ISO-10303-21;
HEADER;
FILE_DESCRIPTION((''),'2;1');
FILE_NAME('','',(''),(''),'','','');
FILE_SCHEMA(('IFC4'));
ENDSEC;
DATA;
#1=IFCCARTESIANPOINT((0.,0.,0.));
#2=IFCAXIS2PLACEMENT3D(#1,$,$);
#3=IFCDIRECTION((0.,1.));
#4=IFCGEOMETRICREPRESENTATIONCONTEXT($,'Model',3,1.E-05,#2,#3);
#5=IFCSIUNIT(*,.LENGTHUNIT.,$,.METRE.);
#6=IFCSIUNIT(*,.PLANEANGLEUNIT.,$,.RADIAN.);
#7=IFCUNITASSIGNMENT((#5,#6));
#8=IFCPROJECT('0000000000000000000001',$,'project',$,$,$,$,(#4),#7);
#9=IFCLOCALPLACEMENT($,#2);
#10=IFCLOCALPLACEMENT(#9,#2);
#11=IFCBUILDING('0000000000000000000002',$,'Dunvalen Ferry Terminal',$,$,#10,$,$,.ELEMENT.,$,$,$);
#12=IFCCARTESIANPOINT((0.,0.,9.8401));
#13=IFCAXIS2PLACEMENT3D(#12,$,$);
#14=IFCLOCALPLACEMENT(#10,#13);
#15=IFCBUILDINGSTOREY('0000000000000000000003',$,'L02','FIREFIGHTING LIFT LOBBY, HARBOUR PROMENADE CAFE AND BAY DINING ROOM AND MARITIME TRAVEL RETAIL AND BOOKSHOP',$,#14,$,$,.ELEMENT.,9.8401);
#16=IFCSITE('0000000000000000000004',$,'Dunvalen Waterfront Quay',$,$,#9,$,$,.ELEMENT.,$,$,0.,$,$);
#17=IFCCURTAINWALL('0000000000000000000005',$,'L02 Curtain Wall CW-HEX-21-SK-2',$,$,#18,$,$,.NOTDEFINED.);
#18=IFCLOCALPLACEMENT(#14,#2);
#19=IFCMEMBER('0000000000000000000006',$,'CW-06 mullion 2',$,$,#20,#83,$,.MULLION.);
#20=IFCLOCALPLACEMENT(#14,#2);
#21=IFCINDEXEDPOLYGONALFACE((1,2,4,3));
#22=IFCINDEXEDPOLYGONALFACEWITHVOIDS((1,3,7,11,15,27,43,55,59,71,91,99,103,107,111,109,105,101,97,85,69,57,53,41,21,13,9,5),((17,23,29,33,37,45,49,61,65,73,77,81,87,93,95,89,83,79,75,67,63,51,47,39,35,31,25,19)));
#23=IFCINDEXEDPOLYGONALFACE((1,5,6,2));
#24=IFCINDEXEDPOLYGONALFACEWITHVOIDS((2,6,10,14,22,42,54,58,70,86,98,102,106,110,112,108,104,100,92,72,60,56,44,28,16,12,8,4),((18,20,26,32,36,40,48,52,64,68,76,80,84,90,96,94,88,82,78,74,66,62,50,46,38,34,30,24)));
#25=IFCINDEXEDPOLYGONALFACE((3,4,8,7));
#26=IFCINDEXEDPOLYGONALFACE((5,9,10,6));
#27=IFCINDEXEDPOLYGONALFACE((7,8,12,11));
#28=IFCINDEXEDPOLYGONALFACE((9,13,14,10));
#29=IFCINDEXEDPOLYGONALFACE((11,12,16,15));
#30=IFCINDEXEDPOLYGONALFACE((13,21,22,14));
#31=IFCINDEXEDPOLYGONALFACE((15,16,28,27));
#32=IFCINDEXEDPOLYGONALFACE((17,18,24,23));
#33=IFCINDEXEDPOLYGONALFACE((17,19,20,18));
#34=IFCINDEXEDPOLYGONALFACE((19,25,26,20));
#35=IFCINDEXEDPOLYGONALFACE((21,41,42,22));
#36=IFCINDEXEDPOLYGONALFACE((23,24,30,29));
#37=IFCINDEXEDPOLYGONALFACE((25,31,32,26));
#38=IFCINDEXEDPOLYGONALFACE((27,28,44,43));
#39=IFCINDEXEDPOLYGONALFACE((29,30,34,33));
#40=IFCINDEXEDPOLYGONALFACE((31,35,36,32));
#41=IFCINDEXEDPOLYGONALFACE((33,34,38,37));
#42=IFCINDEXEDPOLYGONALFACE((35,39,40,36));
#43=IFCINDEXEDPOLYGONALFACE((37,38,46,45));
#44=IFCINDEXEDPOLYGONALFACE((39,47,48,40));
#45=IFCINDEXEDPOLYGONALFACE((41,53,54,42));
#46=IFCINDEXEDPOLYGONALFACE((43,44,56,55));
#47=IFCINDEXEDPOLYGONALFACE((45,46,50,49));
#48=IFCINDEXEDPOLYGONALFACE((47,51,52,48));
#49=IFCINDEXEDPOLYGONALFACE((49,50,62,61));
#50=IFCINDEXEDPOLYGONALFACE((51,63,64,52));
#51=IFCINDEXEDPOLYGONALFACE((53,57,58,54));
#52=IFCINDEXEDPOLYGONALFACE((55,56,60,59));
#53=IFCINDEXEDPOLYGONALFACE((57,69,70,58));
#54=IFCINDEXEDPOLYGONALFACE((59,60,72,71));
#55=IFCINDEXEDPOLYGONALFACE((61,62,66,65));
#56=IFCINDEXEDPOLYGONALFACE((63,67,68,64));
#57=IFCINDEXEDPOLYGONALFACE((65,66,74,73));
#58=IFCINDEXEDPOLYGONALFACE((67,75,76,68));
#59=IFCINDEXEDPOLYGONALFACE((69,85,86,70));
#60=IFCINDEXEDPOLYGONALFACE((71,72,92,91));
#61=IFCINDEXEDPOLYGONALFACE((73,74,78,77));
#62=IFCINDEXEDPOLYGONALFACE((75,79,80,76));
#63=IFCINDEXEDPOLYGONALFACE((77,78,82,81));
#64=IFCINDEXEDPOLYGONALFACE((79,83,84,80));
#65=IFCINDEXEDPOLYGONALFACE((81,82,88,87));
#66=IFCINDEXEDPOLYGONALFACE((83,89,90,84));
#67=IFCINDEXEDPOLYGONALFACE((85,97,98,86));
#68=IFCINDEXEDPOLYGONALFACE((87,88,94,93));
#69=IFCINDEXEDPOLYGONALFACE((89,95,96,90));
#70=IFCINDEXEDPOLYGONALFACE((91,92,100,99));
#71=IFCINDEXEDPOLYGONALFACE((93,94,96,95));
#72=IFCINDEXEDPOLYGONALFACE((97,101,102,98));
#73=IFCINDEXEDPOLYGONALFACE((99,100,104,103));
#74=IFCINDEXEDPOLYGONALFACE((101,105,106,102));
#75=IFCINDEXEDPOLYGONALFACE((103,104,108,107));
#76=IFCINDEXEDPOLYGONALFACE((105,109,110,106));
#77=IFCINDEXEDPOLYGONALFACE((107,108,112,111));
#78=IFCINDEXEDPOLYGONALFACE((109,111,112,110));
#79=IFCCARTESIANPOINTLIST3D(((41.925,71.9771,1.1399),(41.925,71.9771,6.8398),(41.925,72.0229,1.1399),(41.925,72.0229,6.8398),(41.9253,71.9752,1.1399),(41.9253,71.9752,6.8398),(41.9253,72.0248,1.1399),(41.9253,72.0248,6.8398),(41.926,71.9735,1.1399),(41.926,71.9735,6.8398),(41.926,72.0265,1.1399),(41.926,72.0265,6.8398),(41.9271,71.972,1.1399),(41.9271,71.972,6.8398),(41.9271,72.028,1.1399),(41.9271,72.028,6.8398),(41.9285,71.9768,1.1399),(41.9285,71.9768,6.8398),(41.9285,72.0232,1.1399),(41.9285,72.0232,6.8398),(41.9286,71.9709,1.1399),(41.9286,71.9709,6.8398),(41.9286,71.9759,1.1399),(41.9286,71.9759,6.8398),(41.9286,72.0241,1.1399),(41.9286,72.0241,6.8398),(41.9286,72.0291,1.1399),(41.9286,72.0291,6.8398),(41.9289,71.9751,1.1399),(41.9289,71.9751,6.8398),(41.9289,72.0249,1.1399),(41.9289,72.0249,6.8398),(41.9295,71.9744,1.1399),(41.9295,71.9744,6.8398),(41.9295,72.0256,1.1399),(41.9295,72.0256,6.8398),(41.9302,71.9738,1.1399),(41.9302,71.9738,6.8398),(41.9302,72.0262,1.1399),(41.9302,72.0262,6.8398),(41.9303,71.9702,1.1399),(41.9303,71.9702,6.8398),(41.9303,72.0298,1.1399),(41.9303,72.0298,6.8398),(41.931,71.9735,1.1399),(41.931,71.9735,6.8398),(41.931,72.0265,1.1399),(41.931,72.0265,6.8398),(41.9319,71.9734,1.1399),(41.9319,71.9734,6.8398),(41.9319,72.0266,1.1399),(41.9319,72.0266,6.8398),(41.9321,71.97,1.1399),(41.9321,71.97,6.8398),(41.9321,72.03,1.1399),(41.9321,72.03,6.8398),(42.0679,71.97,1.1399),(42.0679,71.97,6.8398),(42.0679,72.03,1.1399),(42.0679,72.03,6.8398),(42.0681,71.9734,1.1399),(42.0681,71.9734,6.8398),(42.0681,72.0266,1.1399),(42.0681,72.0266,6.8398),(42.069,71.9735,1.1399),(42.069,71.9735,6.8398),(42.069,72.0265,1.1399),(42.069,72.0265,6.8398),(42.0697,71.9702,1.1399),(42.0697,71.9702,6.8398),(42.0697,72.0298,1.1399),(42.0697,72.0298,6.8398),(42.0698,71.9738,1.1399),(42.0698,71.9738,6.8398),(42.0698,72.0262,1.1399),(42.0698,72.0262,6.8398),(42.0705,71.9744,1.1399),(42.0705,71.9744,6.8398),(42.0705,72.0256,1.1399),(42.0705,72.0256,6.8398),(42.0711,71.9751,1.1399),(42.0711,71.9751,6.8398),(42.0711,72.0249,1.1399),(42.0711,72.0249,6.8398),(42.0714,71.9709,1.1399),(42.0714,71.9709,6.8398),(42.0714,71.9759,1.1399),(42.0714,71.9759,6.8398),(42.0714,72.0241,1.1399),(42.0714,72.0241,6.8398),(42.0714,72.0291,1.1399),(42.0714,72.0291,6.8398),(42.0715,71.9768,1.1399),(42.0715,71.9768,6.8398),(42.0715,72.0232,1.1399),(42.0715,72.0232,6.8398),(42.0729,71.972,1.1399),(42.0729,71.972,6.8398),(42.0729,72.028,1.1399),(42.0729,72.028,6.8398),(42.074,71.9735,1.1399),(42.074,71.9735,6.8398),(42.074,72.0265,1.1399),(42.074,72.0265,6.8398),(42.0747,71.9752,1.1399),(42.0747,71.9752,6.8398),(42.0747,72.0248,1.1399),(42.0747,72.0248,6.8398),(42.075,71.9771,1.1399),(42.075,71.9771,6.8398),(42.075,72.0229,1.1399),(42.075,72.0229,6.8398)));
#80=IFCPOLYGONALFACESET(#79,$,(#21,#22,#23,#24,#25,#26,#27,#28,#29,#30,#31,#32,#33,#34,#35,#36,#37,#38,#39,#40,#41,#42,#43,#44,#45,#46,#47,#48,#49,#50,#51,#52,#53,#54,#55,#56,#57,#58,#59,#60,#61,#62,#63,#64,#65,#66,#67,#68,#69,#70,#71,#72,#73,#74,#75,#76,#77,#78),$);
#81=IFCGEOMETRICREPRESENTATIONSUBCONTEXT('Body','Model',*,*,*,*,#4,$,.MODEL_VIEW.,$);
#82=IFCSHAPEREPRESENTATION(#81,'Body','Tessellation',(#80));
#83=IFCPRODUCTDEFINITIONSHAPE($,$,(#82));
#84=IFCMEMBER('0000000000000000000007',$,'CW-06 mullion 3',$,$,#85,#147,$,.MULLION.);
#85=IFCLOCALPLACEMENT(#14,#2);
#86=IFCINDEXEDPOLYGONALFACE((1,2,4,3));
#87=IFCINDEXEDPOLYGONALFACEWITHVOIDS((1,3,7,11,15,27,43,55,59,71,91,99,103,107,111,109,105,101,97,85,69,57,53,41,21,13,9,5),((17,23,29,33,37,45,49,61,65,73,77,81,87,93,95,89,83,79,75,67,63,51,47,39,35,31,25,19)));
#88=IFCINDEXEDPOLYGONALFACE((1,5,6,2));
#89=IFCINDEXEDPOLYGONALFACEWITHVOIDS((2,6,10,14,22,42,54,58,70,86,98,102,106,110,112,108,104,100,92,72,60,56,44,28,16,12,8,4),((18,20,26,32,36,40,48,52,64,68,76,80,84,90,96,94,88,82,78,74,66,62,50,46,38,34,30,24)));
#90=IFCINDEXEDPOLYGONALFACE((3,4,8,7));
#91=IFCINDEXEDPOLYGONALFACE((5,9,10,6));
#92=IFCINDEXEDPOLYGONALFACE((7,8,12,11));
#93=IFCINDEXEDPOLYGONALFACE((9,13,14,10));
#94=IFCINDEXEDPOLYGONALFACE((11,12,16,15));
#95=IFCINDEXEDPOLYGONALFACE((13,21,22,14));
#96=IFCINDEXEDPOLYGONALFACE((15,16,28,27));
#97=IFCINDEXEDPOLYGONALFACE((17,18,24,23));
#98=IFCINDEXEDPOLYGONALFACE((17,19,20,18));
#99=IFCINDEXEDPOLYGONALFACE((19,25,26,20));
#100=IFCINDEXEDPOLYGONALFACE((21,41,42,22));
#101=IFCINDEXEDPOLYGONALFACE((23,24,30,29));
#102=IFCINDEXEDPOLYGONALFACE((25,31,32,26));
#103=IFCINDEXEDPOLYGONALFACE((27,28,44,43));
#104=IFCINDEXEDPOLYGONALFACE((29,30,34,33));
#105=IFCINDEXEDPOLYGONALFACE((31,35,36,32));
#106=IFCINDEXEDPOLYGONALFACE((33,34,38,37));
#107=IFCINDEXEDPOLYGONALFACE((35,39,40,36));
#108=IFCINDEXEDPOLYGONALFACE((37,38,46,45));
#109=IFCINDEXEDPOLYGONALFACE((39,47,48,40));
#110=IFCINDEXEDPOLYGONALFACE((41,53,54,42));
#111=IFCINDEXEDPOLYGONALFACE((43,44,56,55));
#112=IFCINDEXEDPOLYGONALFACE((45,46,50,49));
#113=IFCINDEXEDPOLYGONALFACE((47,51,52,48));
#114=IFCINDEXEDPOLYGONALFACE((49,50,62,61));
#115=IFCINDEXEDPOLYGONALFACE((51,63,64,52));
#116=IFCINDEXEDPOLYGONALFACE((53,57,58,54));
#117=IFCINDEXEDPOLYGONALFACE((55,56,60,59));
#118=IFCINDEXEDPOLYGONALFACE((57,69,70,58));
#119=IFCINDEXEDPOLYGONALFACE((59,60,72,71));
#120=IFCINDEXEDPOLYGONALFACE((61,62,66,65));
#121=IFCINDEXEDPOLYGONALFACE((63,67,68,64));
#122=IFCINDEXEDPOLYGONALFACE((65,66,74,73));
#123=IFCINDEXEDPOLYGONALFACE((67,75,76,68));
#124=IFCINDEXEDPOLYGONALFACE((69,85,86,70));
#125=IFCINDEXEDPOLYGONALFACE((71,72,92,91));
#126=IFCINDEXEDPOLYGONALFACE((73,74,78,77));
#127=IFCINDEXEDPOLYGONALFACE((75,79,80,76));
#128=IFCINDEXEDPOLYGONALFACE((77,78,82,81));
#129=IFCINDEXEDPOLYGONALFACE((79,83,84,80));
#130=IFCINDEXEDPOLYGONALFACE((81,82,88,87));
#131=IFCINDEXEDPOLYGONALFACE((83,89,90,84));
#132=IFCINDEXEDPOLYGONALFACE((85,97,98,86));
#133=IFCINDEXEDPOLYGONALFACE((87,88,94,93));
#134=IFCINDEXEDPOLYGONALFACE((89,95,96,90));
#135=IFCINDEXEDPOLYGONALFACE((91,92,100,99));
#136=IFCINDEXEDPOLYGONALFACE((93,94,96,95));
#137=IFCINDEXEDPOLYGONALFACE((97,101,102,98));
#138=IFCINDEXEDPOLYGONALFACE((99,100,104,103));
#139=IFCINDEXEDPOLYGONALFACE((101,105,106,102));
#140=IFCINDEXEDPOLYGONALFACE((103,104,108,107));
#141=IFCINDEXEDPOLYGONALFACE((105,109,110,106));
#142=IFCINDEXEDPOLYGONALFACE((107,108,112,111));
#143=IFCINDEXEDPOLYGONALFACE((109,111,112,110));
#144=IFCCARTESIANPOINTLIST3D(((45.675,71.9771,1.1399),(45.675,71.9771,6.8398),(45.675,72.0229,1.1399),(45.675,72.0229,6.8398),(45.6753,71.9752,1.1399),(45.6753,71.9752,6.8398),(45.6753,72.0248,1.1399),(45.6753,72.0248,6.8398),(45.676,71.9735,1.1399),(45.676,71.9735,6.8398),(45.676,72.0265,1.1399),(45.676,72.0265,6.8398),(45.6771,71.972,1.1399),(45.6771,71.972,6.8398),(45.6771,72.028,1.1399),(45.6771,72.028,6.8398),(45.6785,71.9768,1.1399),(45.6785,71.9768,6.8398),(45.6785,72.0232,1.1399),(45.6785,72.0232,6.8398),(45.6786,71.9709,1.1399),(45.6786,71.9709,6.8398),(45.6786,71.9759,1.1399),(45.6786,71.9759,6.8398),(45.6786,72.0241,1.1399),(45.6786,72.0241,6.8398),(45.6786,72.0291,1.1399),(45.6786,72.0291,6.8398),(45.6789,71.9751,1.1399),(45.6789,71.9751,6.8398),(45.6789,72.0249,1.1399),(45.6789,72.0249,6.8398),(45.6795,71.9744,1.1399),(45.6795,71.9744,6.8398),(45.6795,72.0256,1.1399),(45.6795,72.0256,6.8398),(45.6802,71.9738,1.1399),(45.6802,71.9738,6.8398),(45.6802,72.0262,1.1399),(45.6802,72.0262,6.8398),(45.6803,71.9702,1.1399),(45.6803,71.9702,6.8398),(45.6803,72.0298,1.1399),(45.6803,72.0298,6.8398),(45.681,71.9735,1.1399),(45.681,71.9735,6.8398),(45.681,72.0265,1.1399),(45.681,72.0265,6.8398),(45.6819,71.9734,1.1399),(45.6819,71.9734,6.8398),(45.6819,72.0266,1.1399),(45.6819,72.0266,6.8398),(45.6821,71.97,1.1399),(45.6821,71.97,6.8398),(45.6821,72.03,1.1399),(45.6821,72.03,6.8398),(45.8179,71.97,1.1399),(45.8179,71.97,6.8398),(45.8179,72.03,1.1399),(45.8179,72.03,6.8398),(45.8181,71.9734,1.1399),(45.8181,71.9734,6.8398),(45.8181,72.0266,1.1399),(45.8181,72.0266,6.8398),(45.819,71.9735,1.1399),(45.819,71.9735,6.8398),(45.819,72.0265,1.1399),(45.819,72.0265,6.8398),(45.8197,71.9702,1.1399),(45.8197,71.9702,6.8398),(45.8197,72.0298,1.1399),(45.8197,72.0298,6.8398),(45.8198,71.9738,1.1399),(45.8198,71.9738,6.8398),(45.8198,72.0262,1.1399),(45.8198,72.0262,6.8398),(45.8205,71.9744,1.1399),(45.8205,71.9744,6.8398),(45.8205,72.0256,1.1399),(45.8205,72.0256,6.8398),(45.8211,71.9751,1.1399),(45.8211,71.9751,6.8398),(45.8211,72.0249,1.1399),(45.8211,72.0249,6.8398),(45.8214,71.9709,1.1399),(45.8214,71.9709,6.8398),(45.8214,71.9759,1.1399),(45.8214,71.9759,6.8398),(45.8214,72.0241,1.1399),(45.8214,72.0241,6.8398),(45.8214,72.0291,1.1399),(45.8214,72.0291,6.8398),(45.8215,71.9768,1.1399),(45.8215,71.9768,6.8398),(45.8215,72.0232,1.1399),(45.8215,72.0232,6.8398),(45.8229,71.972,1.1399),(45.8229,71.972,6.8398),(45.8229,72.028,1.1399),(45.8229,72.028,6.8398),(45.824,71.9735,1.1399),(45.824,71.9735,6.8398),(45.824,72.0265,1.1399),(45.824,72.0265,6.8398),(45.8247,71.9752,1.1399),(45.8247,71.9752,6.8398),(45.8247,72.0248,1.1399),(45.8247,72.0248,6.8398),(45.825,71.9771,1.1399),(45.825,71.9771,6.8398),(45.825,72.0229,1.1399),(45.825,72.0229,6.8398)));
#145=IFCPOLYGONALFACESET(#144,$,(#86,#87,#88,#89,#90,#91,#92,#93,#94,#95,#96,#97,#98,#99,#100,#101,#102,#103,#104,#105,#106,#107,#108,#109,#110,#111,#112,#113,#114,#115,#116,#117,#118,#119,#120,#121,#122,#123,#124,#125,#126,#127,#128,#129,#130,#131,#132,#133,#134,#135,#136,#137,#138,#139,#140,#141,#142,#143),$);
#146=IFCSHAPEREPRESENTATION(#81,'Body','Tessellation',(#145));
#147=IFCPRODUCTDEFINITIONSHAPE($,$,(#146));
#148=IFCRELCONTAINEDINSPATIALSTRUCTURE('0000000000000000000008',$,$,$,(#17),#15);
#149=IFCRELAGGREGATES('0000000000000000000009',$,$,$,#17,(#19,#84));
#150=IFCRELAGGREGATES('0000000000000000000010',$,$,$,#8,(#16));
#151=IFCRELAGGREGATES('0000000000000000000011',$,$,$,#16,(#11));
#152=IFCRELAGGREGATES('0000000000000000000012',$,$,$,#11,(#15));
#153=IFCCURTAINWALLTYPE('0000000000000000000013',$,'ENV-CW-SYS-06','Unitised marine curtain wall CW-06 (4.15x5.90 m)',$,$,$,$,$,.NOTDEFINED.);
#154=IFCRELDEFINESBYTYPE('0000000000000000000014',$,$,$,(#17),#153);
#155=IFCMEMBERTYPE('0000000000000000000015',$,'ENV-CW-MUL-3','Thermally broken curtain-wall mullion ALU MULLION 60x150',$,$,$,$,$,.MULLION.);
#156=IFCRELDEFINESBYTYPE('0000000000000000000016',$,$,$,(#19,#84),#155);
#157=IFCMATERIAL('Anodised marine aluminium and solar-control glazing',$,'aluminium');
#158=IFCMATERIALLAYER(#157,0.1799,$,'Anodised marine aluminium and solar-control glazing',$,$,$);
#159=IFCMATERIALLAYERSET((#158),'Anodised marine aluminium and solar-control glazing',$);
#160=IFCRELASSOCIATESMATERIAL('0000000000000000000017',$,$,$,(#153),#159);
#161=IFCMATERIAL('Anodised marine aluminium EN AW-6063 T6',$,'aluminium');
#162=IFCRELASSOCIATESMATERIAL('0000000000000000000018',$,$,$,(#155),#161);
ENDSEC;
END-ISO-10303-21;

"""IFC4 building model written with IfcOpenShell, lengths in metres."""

from ifc_helpers import new_model, si_unit, direction, frame, origin, origin_2d, place, context, subcontext, project, spatial, hollow_rectangle, extrude, material, layer, layer_set, material_profile, profile_set, type_object, element, aggregate, save


model = new_model("IFC4")

# Units and contexts
model_context = context("Model", 3, precision=1e-05, world=origin(), true_north=direction((0.0, 1.0)))
body_context = subcontext(model_context, "Body", "Model", "MODEL_VIEW")
ifc_project = project(units=[si_unit("LENGTHUNIT", "METRE"), si_unit("PLANEANGLEUNIT", "RADIAN")], contexts=[model_context])

# Site, building, storey
site_placement = place(None, origin())
site = spatial("IfcSite", under=ifc_project, at=site_placement, Name="Dunvalen Waterfront Quay", CompositionType="ELEMENT", RefElevation=0.0)
building_placement = place(site_placement, origin())
building = spatial("IfcBuilding", under=site, at=building_placement, Name="Dunvalen Ferry Terminal", CompositionType="ELEMENT")
storey_placement = place(building_placement, frame((0.0, 0.0, 9.8401)))
storey = spatial("IfcBuildingStorey", under=building, at=storey_placement, Name="L02", Description="FIREFIGHTING LIFT LOBBY, HARBOUR PROMENADE CAFE AND BAY DINING ROOM AND MARITIME TRAVEL RETAIL AND BOOKSHOP", CompositionType="ELEMENT", Elevation=9.8401)

# Curtain wall, members
ifc_material_1 = material(Name="Anodised marine aluminium and solar-control glazing", Category="aluminium")
ifc_layer_1 = layer(ifc_material_1, 0.1799, Name="Anodised marine aluminium and solar-control glazing")
ifc_layer_set_1 = layer_set([ifc_layer_1], Name="Anodised marine aluminium and solar-control glazing")
curtain_wall_type = type_object("IfcCurtainWallType", Name="ENV-CW-SYS-06", Description="Unitised marine curtain wall CW-06 (4.15x5.90 m)", PredefinedType="NOTDEFINED", material=ifc_layer_set_1)
curtain_wall_placement = place(storey_placement, origin())
curtain_wall = element("IfcCurtainWall", 1, at=curtain_wall_placement, inside=storey, type_object=curtain_wall_type, Name="L02 Curtain Wall CW-HEX-21-SK-2", PredefinedType="NOTDEFINED")
ifc_material_2 = material(Name="Anodised marine aluminium EN AW-6063 T6", Category="aluminium")
ifc_material_profile_1 = material_profile(ifc_material_2, hollow_rectangle(XDim=0.0601, YDim=0.1499, WallThickness=0.0034, InnerFilletRadius=0.0034, OuterFilletRadius=0.0071, at=origin_2d()), Name="Anodised marine aluminium EN AW-6063 T6")
ifc_profile_set_1 = profile_set([ifc_material_profile_1], Name="Anodised marine aluminium EN AW-6063 T6")
member_type_1 = type_object("IfcMemberType", Name="ENV-CW-MUL-3", Description="Thermally broken curtain-wall mullion ALU MULLION 60x150", PredefinedType="MULLION", material=ifc_profile_set_1)
member_1_placement = place(storey_placement, frame((42.0, 72.0, 1.1399), z_axis=(0.0, 0.0, 1.0), x_axis=(0.0, 1.0, 0.0)))
member_1 = element("IfcMember", 2, at=member_1_placement, type_object=member_type_1, Name="CW-06 mullion 2", PredefinedType="MULLION", context=body_context, shape_type="SweptSolid", body=[
    extrude(hollow_rectangle(XDim=0.0601, YDim=0.1499, WallThickness=0.0034, InnerFilletRadius=0.0034, OuterFilletRadius=0.0071, at=origin_2d()), origin(), (0.0, 0.0, 1.0), 5.7),
])
member_2_placement = place(storey_placement, frame((45.75, 72.0, 1.1399), z_axis=(0.0, 0.0, 1.0), x_axis=(0.0, 1.0, 0.0)))
member_2 = element("IfcMember", 3, at=member_2_placement, type_object=member_type_1, Name="CW-06 mullion 3", PredefinedType="MULLION", context=body_context, shape_type="SweptSolid", body=[
    extrude(hollow_rectangle(XDim=0.0601, YDim=0.1499, WallThickness=0.0034, InnerFilletRadius=0.0034, OuterFilletRadius=0.0071, at=origin_2d()), origin(), (0.0, 0.0, 1.0), 5.7),
])

aggregate(curtain_wall, [member_1, member_2])

save(model, "model.ifc")
